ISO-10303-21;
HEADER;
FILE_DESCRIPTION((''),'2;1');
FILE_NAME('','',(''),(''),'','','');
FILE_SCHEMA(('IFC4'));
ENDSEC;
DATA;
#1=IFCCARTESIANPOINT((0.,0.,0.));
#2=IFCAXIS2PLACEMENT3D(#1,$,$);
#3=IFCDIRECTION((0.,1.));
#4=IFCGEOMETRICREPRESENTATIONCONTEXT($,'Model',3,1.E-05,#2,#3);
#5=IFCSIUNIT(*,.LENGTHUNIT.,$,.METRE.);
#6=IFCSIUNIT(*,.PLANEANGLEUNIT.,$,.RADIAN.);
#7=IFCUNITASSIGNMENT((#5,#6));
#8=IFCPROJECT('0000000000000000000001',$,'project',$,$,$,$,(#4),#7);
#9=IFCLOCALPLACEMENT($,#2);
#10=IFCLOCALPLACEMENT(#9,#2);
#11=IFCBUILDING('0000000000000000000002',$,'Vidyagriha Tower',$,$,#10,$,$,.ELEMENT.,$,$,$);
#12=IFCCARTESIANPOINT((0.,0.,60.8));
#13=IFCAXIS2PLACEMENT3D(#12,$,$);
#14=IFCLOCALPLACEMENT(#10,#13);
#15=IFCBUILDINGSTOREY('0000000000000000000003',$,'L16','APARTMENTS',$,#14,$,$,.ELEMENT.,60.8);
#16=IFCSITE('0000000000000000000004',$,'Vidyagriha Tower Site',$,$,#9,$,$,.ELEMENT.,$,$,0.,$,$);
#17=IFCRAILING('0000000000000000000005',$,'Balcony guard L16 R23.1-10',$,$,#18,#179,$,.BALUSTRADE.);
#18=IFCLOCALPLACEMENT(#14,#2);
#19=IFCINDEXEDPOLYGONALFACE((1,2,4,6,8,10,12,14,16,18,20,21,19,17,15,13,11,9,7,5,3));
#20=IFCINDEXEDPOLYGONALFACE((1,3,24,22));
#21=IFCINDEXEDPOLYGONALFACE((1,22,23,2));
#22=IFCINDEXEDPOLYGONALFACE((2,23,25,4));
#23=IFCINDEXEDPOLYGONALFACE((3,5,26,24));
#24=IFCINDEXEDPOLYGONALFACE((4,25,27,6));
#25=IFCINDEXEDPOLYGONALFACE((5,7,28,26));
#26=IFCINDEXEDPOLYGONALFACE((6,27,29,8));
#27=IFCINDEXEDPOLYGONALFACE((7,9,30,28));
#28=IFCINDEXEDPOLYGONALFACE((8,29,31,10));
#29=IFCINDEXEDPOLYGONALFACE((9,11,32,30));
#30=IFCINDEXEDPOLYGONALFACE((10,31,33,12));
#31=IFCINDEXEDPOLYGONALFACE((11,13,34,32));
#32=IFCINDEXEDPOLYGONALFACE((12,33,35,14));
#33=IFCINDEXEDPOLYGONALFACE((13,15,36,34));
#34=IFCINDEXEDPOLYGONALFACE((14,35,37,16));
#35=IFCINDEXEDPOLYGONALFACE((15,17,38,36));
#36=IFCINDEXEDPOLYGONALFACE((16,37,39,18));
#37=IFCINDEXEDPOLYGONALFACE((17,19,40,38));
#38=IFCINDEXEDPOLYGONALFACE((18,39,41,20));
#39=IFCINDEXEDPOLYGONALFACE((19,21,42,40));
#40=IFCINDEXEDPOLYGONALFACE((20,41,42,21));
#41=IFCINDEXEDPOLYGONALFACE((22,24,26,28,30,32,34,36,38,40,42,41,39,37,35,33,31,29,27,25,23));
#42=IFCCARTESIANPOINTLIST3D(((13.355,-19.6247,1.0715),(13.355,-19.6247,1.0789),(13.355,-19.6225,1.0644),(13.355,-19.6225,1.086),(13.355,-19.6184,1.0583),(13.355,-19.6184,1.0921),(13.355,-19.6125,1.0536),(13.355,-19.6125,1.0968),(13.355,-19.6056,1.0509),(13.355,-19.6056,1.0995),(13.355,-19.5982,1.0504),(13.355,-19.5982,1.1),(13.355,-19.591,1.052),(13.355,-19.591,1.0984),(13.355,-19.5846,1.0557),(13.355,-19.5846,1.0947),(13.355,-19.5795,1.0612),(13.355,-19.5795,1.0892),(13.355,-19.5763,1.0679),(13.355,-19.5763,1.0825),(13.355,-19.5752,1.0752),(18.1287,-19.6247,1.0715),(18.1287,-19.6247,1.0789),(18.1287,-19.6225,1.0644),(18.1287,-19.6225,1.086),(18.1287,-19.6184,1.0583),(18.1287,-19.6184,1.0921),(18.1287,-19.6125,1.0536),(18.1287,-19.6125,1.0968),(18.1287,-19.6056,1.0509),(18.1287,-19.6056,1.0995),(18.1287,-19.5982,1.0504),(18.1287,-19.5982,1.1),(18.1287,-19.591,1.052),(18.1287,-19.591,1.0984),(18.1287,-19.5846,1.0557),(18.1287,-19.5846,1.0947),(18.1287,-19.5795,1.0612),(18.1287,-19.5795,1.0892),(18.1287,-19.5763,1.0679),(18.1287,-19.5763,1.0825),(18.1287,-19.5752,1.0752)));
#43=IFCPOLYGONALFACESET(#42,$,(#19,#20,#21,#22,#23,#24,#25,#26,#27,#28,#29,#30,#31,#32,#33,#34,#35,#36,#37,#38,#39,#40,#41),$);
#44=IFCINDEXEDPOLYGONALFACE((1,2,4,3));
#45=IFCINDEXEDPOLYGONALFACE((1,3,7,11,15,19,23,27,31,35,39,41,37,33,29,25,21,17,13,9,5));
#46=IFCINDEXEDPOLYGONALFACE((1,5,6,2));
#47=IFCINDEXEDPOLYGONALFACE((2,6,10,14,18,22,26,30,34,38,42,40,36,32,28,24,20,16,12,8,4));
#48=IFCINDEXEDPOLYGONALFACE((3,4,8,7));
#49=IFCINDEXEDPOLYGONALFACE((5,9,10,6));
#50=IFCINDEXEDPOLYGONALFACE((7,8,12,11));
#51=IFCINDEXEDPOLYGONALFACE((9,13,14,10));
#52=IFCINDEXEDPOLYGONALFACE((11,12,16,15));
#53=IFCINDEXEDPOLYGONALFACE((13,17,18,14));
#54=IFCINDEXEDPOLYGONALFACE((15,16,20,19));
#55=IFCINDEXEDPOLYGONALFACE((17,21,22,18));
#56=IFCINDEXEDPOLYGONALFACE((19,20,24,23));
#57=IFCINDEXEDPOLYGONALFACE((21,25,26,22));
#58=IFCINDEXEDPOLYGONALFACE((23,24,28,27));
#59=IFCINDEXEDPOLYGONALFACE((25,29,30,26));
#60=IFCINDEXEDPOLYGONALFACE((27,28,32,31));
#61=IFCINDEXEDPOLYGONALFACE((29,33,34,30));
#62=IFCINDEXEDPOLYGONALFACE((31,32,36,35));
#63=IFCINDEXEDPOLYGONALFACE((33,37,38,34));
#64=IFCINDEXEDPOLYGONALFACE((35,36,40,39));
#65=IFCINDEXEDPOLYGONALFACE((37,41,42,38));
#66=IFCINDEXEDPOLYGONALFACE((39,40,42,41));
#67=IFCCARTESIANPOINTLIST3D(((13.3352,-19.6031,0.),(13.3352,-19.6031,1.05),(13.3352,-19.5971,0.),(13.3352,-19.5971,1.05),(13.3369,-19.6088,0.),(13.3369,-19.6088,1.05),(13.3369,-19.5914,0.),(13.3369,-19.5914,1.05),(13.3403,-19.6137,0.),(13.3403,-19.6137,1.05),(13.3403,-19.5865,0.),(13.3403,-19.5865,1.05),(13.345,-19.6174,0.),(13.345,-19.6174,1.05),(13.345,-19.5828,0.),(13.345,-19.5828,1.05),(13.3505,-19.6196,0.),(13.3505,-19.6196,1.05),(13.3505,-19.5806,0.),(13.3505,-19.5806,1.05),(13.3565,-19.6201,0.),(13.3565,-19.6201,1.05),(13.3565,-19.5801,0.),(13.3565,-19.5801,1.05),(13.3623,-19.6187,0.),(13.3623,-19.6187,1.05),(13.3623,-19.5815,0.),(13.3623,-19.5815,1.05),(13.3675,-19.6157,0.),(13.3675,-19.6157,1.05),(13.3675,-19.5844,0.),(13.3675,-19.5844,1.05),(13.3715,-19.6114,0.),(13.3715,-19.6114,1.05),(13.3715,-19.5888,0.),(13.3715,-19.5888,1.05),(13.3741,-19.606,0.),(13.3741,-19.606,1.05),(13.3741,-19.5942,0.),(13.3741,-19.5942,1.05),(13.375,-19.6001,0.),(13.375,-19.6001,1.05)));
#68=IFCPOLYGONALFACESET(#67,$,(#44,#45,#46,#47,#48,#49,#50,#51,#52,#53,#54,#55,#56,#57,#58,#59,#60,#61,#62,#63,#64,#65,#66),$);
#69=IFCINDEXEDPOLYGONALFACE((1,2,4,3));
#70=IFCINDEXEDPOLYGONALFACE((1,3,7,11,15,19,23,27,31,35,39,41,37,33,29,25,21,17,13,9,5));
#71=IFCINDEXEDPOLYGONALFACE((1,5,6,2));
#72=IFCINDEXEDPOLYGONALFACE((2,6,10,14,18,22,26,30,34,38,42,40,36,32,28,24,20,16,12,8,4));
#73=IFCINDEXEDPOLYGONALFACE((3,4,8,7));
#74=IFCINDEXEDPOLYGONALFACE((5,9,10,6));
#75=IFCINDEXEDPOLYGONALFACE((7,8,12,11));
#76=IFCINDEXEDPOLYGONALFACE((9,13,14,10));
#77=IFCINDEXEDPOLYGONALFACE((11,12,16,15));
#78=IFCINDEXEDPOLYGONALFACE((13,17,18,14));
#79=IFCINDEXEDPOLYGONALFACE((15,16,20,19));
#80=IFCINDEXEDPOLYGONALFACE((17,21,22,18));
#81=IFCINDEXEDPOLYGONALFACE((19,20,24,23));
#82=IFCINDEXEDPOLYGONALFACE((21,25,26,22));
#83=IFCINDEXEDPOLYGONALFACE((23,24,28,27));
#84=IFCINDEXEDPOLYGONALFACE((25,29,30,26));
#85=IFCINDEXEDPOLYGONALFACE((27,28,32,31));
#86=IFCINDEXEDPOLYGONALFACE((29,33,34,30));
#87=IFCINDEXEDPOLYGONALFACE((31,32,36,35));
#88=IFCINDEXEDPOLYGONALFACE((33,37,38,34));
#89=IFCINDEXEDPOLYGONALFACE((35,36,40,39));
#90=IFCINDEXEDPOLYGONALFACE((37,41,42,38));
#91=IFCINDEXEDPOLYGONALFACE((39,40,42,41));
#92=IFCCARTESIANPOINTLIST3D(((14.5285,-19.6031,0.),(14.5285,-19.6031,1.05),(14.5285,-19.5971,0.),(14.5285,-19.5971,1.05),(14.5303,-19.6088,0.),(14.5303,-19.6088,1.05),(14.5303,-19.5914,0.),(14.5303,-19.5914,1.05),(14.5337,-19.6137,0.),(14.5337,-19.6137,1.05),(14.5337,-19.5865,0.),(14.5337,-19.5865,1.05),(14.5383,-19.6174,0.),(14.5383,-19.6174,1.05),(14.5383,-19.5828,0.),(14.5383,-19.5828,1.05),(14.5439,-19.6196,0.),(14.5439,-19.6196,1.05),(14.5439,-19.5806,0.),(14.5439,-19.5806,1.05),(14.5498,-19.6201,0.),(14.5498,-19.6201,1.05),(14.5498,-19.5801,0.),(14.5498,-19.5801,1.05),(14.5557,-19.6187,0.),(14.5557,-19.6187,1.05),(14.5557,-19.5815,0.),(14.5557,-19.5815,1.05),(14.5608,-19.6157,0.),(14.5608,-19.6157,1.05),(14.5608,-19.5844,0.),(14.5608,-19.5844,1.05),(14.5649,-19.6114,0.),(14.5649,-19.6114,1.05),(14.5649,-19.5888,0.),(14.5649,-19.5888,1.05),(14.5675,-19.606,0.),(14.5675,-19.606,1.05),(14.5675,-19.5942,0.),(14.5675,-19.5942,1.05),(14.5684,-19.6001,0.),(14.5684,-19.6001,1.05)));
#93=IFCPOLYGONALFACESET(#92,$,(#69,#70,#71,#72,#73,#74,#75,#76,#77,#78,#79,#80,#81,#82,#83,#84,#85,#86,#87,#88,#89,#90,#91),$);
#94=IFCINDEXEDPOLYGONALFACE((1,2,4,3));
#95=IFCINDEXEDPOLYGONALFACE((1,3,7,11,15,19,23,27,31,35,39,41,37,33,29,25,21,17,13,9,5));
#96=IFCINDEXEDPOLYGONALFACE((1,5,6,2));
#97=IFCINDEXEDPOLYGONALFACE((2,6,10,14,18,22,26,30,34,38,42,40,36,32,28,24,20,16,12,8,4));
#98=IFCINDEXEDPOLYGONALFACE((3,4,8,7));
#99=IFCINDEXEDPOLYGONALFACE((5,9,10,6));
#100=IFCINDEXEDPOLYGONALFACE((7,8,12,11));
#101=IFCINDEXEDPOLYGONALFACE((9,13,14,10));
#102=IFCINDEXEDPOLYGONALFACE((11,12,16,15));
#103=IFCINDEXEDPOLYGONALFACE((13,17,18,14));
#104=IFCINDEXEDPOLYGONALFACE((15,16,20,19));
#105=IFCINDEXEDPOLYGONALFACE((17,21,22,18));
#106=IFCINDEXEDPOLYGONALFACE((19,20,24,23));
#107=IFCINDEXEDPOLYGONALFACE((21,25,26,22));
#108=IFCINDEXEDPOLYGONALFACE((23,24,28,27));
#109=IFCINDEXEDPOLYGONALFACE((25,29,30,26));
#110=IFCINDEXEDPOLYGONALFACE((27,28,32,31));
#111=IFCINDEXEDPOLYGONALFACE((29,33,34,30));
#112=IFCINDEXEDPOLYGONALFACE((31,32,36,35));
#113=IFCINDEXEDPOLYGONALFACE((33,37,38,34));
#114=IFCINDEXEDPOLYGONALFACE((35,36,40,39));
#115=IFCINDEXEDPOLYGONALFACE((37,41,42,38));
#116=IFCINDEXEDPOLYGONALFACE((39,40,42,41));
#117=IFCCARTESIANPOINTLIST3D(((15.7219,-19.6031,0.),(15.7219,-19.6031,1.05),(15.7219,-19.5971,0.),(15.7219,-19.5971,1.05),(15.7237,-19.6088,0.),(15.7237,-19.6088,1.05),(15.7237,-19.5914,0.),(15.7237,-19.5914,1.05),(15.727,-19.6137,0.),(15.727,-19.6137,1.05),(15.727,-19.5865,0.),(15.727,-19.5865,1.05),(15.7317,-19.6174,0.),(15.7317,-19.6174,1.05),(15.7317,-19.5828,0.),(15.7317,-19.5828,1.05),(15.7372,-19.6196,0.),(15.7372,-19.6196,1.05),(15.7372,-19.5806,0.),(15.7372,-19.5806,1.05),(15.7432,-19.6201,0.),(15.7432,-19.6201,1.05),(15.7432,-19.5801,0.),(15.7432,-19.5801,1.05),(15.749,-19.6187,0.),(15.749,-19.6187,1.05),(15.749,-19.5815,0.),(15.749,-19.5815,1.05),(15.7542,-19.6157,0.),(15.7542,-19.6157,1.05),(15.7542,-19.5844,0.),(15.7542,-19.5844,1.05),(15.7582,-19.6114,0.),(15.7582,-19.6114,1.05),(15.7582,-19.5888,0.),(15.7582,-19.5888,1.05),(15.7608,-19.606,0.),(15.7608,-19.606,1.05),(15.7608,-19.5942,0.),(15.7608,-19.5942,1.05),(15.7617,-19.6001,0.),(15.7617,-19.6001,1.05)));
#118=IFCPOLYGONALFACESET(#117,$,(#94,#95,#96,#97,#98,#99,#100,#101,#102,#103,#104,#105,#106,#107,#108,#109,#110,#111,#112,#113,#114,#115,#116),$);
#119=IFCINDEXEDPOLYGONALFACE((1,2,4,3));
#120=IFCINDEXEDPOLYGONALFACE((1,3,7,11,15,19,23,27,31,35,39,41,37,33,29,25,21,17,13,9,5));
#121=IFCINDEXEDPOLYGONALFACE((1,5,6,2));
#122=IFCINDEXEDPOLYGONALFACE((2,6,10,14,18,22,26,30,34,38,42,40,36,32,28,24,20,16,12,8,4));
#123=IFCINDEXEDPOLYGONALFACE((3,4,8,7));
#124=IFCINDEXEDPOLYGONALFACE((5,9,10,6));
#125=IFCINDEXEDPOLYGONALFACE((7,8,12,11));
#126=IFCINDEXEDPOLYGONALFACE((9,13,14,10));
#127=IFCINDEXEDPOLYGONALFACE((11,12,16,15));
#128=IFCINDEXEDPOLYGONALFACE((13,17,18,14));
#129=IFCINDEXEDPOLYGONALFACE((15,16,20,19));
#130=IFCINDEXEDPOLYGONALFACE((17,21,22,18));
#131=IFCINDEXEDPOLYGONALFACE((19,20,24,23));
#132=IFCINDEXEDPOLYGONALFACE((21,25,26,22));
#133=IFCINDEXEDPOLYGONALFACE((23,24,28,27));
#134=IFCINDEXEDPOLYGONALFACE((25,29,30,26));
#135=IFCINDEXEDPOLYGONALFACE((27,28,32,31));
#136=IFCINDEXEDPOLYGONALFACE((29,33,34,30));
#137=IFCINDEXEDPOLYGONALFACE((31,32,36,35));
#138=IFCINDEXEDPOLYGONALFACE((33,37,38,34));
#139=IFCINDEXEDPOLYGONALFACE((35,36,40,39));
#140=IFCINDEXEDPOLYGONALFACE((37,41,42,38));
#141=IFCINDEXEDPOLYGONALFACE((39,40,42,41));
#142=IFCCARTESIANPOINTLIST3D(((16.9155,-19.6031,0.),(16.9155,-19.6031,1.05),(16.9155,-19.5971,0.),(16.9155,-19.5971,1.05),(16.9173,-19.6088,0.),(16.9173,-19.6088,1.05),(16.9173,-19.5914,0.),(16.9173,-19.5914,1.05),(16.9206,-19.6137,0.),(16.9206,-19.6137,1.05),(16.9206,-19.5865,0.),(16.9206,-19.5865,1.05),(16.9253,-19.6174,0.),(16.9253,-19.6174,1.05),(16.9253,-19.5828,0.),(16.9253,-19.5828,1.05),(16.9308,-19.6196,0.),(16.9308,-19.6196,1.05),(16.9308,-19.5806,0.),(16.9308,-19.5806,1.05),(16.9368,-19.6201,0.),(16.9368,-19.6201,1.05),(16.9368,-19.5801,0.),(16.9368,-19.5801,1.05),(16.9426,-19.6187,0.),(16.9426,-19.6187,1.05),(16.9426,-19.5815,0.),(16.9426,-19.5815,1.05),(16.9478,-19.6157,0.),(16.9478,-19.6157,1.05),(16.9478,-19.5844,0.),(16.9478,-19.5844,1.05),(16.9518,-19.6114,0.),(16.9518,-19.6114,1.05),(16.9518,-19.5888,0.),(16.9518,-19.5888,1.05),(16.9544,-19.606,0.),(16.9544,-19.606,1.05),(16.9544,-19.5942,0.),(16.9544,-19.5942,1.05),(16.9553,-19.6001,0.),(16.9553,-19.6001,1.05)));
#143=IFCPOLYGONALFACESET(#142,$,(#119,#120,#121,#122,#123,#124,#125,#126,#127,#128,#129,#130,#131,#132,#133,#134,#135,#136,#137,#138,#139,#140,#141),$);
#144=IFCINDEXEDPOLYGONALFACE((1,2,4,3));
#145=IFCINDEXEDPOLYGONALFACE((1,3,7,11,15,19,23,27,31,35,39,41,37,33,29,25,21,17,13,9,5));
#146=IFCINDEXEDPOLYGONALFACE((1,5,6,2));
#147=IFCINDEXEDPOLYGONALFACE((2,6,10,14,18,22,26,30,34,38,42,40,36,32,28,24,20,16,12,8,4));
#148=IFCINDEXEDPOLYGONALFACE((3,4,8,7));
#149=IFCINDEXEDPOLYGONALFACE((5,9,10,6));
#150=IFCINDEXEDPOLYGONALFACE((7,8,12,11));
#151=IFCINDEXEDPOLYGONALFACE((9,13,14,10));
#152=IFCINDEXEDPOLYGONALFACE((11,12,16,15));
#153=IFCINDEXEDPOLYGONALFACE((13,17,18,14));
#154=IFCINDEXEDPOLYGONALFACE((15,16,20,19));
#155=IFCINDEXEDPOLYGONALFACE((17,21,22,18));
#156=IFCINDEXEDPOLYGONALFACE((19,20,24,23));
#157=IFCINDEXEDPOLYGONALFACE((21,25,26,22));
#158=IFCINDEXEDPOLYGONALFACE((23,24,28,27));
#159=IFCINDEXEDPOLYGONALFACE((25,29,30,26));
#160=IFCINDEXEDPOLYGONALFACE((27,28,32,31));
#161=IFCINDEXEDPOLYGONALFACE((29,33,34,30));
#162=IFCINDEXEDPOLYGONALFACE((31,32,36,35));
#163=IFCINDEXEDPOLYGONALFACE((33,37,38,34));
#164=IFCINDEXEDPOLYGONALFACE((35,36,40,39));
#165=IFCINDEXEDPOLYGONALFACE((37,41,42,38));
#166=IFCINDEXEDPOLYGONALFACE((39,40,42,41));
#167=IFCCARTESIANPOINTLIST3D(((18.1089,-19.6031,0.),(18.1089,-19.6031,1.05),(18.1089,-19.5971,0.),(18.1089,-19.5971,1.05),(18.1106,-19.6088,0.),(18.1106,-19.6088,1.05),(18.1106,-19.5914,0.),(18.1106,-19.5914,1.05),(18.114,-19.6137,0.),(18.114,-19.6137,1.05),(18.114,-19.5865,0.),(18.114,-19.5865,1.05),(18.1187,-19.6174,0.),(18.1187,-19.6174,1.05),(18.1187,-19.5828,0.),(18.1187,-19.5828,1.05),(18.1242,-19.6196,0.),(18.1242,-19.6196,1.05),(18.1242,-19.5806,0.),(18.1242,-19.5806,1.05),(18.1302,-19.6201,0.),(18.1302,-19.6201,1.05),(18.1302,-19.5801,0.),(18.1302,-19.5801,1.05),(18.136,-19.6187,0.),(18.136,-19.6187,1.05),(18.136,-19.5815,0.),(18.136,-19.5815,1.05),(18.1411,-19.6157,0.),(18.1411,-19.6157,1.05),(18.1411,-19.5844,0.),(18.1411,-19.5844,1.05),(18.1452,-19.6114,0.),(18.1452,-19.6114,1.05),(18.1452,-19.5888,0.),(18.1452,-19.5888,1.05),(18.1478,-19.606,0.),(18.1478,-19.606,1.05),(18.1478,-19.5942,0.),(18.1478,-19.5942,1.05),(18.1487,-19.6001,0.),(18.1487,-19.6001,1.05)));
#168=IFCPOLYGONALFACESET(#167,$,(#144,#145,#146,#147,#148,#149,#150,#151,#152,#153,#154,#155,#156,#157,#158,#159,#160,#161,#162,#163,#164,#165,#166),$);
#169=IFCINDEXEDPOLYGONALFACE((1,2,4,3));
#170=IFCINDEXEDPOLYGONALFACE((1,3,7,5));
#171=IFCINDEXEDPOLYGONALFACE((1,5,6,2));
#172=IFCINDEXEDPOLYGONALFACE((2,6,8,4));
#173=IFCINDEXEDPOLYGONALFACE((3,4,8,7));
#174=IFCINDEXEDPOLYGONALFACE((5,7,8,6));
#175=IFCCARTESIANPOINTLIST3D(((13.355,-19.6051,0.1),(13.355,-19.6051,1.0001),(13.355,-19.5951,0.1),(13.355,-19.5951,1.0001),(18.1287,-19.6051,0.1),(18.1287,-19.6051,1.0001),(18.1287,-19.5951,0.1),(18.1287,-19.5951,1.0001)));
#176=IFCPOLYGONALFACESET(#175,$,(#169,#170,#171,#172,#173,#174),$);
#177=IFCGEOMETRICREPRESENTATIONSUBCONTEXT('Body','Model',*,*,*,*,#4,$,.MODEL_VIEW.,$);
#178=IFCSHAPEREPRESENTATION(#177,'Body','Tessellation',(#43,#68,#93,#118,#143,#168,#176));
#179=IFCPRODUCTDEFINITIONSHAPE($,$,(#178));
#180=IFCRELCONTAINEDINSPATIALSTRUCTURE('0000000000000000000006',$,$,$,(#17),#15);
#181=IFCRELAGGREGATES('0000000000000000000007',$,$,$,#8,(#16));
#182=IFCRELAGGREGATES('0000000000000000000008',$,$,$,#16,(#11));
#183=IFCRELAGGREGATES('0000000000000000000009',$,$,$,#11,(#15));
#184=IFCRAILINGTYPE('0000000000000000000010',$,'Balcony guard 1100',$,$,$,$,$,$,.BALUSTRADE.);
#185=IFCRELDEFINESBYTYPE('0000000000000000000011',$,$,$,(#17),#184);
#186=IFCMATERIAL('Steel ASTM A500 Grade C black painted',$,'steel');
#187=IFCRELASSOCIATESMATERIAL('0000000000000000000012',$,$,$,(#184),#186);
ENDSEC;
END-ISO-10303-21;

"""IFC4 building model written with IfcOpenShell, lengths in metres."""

from ifc_helpers import new_model, si_unit, direction, frame, origin, origin_2d, place, context, subcontext, project, spatial, rectangle, circle, extrude, material, type_object, element, save


model = new_model("IFC4")

# Units and contexts
model_context = context("Model", 3, precision=1e-05, world=origin(), true_north=direction((0.0, 1.0)))
body_context = subcontext(model_context, "Body", "Model", "MODEL_VIEW")
ifc_project = project(units=[si_unit("LENGTHUNIT", "METRE"), si_unit("PLANEANGLEUNIT", "RADIAN")], contexts=[model_context])

# Site, building, storey
site_placement = place(None, origin())
site = spatial("IfcSite", under=ifc_project, at=site_placement, Name="Vidyagriha Tower Site", CompositionType="ELEMENT", RefElevation=0.0)
building_placement = place(site_placement, origin())
building = spatial("IfcBuilding", under=site, at=building_placement, Name="Vidyagriha Tower", CompositionType="ELEMENT")
storey_placement = place(building_placement, frame((0.0, 0.0, 60.8)))
storey = spatial("IfcBuildingStorey", under=building, at=storey_placement, Name="L16", Description="APARTMENTS", CompositionType="ELEMENT", Elevation=60.8)

# Railing
ifc_material_1 = material(Name="Steel ASTM A500 Grade C black painted", Category="steel")
railing_type = type_object("IfcRailingType", Name="Balcony guard 1100", PredefinedType="BALUSTRADE", material=ifc_material_1)
railing_1_placement = place(storey_placement, frame((13.355, -19.6001, 0.0)))
element("IfcRailing", 1, at=railing_1_placement, inside=storey, type_object=railing_type, Name="Balcony guard L16 R23.1-10", PredefinedType="BALUSTRADE", context=body_context, shape_type="SweptSolid", body=[
    extrude(circle(Radius=0.0249, at=origin_2d()), frame((0.0, 0.0, 1.0752), z_axis=(1.0, 0.0, 0.0), x_axis=(0.0, 1.0, 0.0)), (0.0, 0.0, 1.0), 4.7737),
    extrude(circle(Radius=0.02, at=origin_2d()), origin(), (0.0, 0.0, 1.0), 1.05),
    extrude(circle(Radius=0.02, at=origin_2d()), frame((1.1934, 0.0, 0.0)), (0.0, 0.0, 1.0), 1.05),
    extrude(circle(Radius=0.02, at=origin_2d()), frame((2.3867, 0.0, 0.0)), (0.0, 0.0, 1.0), 1.05),
    extrude(circle(Radius=0.02, at=origin_2d()), frame((3.5803, 0.0, 0.0)), (0.0, 0.0, 1.0), 1.05),
    extrude(circle(Radius=0.02, at=origin_2d()), frame((4.7737, 0.0, 0.0)), (0.0, 0.0, 1.0), 1.05),
    extrude(rectangle(XDim=0.01, YDim=0.9001, at=origin_2d()), frame((0.0, 0.0, 0.55), z_axis=(1.0, 0.0, 0.0), x_axis=(0.0, 1.0, 0.0)), (0.0, 0.0, 1.0), 4.7737),
])

save(model, "model.ifc")
